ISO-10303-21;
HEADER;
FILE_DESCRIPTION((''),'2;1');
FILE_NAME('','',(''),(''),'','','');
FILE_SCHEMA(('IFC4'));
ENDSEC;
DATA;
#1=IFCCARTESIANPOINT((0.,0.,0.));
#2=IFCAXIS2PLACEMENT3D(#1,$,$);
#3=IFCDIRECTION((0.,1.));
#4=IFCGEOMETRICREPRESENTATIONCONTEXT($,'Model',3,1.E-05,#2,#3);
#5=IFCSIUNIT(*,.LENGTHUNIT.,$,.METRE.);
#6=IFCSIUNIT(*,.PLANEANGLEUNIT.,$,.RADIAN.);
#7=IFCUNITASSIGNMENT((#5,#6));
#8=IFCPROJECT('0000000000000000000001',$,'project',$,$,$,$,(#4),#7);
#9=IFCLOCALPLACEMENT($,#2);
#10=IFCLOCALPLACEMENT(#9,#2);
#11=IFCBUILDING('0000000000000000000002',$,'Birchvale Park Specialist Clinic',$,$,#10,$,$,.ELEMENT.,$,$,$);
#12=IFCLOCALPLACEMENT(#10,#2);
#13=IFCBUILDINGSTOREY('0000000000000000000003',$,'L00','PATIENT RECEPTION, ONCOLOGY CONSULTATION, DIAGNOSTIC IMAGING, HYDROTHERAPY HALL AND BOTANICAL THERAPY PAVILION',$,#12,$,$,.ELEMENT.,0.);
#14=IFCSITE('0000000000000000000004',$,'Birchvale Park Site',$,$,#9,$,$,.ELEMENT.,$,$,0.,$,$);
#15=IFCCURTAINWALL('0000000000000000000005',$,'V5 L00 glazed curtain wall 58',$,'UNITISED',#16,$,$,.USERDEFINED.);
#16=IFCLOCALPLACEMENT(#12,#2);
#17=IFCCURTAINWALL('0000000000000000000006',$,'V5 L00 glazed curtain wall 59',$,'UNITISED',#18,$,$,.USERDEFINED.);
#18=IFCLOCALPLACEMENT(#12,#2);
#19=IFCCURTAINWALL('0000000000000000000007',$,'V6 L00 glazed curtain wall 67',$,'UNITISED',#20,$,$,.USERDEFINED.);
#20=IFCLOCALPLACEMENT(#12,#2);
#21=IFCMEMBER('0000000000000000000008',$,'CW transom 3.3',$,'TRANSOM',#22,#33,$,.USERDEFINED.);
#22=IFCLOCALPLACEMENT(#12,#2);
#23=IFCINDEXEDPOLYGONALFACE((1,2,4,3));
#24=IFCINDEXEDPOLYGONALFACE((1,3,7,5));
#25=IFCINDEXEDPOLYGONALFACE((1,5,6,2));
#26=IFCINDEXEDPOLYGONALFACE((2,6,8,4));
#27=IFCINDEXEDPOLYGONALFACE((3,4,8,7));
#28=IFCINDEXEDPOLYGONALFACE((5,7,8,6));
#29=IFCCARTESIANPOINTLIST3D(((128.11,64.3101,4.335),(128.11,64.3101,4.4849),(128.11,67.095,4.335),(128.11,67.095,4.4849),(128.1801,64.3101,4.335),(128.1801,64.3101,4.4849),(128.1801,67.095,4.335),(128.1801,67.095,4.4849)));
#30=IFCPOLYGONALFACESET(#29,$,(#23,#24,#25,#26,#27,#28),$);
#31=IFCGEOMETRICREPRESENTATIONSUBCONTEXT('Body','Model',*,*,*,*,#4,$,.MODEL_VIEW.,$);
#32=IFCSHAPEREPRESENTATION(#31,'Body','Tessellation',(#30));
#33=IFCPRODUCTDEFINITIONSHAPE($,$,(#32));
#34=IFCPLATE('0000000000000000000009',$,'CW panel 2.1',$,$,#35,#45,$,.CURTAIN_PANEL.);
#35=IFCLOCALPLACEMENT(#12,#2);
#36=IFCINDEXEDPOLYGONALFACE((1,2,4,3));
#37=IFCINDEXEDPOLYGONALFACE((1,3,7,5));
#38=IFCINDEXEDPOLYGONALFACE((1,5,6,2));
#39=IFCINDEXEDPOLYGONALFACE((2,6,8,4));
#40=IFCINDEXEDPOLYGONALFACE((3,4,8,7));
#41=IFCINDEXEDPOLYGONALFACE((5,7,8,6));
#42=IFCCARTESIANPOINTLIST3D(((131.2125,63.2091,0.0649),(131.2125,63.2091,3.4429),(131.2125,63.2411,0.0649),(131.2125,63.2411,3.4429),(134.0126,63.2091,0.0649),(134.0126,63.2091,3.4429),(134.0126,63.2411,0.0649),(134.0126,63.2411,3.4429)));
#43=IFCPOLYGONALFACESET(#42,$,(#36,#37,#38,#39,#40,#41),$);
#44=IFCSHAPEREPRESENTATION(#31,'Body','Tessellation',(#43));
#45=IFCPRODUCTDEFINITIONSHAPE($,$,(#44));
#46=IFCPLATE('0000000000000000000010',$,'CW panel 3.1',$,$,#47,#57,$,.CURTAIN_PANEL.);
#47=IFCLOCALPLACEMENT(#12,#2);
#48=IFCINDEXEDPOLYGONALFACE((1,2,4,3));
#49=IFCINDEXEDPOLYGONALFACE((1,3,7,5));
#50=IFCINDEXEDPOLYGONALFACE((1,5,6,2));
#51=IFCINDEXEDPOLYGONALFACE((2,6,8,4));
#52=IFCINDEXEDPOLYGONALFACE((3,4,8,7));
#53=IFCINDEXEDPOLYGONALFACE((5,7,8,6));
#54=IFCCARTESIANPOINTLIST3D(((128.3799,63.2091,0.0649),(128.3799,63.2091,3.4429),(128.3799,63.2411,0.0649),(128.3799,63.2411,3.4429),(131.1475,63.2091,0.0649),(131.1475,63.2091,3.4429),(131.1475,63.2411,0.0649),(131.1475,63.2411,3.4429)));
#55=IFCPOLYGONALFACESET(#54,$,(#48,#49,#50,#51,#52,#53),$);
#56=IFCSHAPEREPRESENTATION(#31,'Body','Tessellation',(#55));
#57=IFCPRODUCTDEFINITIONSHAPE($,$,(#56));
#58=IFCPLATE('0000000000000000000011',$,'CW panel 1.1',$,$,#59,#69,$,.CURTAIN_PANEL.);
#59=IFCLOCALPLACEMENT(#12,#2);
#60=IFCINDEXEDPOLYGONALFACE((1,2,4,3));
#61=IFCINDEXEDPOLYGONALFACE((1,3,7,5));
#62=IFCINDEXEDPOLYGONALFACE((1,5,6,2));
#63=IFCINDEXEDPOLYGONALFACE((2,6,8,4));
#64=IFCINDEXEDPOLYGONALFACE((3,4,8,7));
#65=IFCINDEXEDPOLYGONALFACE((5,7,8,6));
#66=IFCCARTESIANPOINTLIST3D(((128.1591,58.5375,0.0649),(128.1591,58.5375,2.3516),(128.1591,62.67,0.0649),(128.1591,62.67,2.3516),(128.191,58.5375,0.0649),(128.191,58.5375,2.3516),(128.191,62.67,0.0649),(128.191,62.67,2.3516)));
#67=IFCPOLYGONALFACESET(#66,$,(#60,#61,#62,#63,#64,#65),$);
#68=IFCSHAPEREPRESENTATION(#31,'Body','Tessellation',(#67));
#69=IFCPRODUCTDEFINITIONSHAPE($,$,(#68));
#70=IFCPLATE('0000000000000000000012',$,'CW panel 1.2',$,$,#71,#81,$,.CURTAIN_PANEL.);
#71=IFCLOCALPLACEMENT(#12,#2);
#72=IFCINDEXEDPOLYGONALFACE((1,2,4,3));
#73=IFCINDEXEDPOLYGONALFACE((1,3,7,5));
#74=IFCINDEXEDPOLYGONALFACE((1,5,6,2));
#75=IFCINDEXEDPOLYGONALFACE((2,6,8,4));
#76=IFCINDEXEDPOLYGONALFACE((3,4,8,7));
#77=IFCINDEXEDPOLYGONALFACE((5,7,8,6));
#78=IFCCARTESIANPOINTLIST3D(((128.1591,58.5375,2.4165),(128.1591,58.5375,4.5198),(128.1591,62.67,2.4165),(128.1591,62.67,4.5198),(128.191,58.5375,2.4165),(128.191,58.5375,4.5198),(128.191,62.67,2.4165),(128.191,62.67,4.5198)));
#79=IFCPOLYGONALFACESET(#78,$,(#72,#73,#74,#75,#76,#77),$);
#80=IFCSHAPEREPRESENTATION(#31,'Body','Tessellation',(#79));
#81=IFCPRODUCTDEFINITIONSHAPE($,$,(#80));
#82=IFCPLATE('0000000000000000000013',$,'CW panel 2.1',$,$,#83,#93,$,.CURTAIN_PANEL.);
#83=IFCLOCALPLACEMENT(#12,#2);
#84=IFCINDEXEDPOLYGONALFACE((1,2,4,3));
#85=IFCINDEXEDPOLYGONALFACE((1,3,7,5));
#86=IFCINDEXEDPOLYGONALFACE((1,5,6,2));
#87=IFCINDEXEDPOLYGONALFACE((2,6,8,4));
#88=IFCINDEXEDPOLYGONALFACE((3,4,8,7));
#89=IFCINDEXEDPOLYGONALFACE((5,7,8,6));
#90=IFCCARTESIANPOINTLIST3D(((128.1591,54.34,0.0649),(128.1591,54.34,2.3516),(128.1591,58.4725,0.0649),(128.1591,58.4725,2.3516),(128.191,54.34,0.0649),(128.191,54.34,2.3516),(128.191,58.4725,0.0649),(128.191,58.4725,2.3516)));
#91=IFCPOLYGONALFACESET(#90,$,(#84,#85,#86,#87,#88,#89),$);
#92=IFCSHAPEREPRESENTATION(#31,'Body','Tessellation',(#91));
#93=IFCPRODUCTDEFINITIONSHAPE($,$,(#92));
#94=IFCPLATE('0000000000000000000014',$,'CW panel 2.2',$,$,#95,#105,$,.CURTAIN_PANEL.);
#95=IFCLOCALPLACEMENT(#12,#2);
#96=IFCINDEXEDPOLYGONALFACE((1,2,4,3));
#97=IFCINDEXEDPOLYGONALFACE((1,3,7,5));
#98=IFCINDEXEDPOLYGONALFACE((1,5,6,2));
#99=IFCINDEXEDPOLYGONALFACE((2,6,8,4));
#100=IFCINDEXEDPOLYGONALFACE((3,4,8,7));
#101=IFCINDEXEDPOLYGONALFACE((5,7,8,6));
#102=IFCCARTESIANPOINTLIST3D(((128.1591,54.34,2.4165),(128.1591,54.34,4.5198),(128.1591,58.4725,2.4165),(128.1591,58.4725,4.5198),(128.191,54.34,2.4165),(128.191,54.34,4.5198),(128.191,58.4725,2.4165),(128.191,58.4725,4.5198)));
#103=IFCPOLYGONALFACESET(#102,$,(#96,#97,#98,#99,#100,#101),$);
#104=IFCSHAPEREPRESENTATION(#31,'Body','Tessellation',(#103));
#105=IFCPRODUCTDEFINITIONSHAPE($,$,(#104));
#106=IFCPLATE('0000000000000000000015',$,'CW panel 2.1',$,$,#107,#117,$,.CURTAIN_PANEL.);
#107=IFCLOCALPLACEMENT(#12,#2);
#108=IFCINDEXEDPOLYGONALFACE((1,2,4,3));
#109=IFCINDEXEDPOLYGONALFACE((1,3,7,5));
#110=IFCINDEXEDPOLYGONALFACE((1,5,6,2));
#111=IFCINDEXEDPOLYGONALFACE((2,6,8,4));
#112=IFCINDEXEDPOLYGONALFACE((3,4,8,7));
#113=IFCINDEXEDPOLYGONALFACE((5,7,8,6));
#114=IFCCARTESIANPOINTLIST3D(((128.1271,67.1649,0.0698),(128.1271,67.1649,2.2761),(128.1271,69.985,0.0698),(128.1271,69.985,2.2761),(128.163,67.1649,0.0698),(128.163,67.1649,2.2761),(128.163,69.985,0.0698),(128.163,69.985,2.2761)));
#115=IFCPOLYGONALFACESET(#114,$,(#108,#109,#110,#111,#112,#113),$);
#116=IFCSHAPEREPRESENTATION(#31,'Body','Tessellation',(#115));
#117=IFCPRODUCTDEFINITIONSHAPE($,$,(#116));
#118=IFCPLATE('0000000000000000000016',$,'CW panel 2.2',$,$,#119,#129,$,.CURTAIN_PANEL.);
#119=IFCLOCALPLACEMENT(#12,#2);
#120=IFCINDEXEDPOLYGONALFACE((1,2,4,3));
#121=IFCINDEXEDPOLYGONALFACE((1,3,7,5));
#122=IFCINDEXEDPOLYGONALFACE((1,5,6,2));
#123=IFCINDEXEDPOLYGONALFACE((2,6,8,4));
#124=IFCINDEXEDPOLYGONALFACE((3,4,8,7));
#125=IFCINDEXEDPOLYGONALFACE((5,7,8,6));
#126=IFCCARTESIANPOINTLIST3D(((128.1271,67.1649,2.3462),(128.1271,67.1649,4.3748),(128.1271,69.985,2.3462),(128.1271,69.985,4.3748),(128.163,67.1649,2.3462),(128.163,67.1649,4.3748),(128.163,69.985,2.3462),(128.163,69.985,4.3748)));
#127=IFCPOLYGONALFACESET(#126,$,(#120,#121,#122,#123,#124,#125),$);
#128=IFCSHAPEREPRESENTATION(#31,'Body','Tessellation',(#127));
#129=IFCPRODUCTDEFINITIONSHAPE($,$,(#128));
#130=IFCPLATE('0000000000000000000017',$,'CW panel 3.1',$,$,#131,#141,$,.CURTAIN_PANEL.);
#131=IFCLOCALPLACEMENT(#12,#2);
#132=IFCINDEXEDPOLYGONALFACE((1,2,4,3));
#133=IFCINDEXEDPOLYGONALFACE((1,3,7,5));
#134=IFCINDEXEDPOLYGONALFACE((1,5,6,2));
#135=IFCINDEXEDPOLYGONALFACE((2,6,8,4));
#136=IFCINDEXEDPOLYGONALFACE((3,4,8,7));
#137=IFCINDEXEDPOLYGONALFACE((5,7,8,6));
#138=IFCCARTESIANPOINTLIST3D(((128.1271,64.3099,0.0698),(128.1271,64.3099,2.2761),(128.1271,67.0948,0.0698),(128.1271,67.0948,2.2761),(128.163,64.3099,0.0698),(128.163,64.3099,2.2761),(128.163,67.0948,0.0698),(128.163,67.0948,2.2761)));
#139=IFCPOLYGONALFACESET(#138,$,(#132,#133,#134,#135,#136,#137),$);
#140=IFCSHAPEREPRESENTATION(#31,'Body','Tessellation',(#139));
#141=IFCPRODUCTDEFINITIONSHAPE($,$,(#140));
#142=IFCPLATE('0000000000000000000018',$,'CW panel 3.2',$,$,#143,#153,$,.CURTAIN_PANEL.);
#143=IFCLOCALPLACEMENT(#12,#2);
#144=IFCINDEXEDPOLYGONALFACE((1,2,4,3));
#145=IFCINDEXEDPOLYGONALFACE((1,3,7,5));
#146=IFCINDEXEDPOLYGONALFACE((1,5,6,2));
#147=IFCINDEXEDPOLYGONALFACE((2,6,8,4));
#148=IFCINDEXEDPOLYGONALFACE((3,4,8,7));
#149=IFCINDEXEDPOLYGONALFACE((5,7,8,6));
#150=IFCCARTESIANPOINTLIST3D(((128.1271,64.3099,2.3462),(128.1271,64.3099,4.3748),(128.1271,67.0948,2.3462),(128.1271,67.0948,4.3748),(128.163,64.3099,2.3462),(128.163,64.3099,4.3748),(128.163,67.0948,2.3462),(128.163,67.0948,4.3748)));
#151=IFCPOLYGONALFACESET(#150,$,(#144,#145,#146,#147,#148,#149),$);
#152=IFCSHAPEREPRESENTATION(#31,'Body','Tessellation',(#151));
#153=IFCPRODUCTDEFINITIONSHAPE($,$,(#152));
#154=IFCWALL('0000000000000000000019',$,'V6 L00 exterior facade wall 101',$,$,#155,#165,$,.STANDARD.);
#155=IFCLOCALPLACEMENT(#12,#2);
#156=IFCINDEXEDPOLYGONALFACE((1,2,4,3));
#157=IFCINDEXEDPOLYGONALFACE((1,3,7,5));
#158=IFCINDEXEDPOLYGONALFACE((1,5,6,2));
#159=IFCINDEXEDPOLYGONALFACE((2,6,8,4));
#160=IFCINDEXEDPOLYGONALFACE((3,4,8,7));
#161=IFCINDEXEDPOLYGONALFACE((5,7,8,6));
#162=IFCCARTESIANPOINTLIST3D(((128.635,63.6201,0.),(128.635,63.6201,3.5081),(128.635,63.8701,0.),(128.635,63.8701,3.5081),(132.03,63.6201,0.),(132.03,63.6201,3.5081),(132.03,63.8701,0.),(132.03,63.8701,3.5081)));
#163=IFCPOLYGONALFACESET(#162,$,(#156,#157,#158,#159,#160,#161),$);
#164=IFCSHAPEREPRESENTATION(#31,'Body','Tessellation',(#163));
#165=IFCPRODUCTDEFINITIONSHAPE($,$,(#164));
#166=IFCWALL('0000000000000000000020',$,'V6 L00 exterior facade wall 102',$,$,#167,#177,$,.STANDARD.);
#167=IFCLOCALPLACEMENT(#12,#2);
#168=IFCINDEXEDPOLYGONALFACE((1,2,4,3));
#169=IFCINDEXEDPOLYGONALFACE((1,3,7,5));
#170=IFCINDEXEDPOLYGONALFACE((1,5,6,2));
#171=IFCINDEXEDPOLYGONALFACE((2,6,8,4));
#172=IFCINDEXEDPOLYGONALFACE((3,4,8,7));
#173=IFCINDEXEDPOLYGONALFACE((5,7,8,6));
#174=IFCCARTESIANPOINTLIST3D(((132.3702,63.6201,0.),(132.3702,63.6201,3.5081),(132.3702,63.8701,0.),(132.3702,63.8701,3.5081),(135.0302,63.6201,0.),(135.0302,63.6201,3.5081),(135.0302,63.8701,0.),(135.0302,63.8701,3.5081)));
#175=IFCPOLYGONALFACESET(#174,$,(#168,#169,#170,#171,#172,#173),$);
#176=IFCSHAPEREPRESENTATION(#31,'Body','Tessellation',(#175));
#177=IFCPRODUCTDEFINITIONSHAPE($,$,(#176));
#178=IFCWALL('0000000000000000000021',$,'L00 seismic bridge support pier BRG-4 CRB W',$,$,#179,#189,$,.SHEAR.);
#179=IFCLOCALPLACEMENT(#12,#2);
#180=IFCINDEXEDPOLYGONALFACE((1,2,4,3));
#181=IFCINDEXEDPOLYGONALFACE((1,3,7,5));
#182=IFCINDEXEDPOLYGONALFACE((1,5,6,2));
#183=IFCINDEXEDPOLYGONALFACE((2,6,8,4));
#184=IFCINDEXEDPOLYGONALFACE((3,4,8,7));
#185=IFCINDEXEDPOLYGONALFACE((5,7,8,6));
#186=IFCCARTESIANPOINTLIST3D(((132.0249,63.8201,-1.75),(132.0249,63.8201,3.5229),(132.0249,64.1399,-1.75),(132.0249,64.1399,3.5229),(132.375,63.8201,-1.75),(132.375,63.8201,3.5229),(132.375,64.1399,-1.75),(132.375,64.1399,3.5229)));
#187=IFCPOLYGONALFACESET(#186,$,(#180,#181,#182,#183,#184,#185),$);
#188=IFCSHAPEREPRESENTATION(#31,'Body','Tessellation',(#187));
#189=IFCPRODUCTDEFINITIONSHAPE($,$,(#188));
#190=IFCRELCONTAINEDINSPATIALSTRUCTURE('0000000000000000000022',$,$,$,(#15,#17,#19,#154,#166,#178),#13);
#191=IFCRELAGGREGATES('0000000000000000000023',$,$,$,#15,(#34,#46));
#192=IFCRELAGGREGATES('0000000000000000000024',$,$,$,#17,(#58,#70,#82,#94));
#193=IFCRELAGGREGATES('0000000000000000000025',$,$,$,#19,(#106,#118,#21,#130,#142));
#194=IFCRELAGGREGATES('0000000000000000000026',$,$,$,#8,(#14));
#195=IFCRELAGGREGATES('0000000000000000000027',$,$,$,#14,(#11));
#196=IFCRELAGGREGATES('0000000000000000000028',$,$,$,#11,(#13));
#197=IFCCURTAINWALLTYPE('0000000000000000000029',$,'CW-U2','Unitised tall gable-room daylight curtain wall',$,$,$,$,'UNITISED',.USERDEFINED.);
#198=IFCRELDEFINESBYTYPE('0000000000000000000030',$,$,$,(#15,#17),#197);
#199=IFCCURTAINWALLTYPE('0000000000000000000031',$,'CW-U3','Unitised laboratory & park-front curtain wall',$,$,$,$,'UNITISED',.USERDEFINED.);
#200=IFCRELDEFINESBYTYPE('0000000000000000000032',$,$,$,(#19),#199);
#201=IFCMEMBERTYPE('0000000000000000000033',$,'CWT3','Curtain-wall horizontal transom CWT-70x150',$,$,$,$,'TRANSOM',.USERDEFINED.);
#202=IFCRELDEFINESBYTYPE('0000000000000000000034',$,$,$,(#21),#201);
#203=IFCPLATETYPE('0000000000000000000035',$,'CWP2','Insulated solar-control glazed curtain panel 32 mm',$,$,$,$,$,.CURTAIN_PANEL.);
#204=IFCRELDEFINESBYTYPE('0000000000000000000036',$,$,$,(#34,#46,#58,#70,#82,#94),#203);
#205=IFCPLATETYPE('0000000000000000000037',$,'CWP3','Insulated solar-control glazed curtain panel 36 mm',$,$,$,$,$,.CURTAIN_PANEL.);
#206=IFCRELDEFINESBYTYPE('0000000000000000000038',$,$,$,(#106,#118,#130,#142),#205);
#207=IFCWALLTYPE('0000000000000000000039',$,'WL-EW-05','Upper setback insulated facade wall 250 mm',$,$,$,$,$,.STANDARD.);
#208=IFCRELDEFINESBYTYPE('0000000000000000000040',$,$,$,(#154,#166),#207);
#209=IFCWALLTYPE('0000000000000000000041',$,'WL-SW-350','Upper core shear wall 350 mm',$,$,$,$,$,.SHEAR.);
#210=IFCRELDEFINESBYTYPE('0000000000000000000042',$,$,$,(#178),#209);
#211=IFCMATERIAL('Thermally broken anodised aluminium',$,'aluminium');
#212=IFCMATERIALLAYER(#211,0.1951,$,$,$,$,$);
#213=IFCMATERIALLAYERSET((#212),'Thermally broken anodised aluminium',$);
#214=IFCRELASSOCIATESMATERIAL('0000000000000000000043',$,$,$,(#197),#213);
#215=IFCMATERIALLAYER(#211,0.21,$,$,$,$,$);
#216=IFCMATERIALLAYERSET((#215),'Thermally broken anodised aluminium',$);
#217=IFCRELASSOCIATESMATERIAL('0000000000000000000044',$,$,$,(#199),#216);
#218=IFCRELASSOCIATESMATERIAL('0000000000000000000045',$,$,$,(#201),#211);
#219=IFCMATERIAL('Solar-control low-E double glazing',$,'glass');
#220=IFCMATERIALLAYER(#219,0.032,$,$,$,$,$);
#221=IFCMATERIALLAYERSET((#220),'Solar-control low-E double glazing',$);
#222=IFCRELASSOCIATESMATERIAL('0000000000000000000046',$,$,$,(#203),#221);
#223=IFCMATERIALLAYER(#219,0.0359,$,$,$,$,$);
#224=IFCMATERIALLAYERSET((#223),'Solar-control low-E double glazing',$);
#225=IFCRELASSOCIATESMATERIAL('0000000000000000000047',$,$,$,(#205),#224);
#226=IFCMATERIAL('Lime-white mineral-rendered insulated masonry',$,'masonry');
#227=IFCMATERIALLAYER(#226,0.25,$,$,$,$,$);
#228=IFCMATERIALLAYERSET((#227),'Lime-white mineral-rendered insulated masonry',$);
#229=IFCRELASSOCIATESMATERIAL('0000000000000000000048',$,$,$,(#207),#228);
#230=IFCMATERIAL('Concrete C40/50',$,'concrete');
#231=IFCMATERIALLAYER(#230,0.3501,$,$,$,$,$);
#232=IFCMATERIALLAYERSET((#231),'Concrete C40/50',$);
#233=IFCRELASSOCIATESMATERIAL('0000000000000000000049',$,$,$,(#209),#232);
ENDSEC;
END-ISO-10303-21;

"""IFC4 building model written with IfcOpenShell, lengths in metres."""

from ifc_helpers import new_model, si_unit, direction, frame, frame_2d, origin, origin_2d, place, context, subcontext, project, spatial, rectangle, extrude, material, layer, layer_set, material_profile, profile_set, type_object, element, aggregate, save


model = new_model("IFC4")

# Units and contexts
model_context = context("Model", 3, precision=1e-05, world=origin(), true_north=direction((0.0, 1.0)))
body_context = subcontext(model_context, "Body", "Model", "MODEL_VIEW")
ifc_project = project(units=[si_unit("LENGTHUNIT", "METRE"), si_unit("PLANEANGLEUNIT", "RADIAN")], contexts=[model_context])

# Site, building, storey
site_placement = place(None, origin())
site = spatial("IfcSite", under=ifc_project, at=site_placement, Name="Birchvale Park Site", CompositionType="ELEMENT", RefElevation=0.0)
building_placement = place(site_placement, origin())
building = spatial("IfcBuilding", under=site, at=building_placement, Name="Birchvale Park Specialist Clinic", CompositionType="ELEMENT")
storey_placement = place(building_placement, origin())
storey = spatial("IfcBuildingStorey", under=building, at=storey_placement, Name="L00", Description="PATIENT RECEPTION, ONCOLOGY CONSULTATION, DIAGNOSTIC IMAGING, HYDROTHERAPY HALL AND BOTANICAL THERAPY PAVILION", CompositionType="ELEMENT", Elevation=0.0)

# Shared definitions
ifc_material_1 = material(Name="Concrete C40/50", Category="concrete")

# Curtain walls
ifc_material_2 = material(Name="Thermally broken anodised aluminium", Category="aluminium")
ifc_layer_1 = layer(ifc_material_2, 0.1951)
ifc_layer_set_1 = layer_set([ifc_layer_1], Name="Thermally broken anodised aluminium")
curtain_wall_type_1 = type_object("IfcCurtainWallType", Name="CW-U2", Description="Unitised tall gable-room daylight curtain wall", ElementType="UNITISED", PredefinedType="USERDEFINED", material=ifc_layer_set_1)
curtain_wall_1_placement = place(storey_placement, origin())
curtain_wall_1 = element("IfcCurtainWall", 1, at=curtain_wall_1_placement, inside=storey, type_object=curtain_wall_type_1, Name="V5 L00 glazed curtain wall 58", ObjectType="UNITISED", PredefinedType="USERDEFINED")
curtain_wall_2_placement = place(storey_placement, origin())
curtain_wall_2 = element("IfcCurtainWall", 2, at=curtain_wall_2_placement, inside=storey, type_object=curtain_wall_type_1, Name="V5 L00 glazed curtain wall 59", ObjectType="UNITISED", PredefinedType="USERDEFINED")

# Curtain wall
ifc_layer_2 = layer(ifc_material_2, 0.21)
ifc_layer_set_2 = layer_set([ifc_layer_2], Name="Thermally broken anodised aluminium")
curtain_wall_type_2 = type_object("IfcCurtainWallType", Name="CW-U3", Description="Unitised laboratory & park-front curtain wall", ElementType="UNITISED", PredefinedType="USERDEFINED", material=ifc_layer_set_2)
curtain_wall_3_placement = place(storey_placement, origin())
curtain_wall_3 = element("IfcCurtainWall", 3, at=curtain_wall_3_placement, inside=storey, type_object=curtain_wall_type_2, Name="V6 L00 glazed curtain wall 67", ObjectType="UNITISED", PredefinedType="USERDEFINED")

# Member
ifc_material_profile_1 = material_profile(ifc_material_2, rectangle(XDim=0.0701, YDim=0.1499, at=origin_2d()), Name="CWT-70x150")
ifc_profile_set_1 = profile_set([ifc_material_profile_1], Name="Thermally broken anodised aluminium")
member_type_1 = type_object("IfcMemberType", Name="CWT3", Description="Curtain-wall horizontal transom CWT-70x150", ElementType="TRANSOM", PredefinedType="USERDEFINED", material=ifc_profile_set_1)
member_1_placement = place(storey_placement, frame((128.145, 67.095, 4.4099), z_axis=(0.0, -1.0, 0.0), x_axis=(1.0, 0.0, 0.0)))
member_1 = element("IfcMember", 4, at=member_1_placement, type_object=member_type_1, Name="CW transom 3.3", ObjectType="TRANSOM", PredefinedType="USERDEFINED", context=body_context, shape_type="SweptSolid", body=[
    extrude(rectangle(XDim=0.0701, YDim=0.1499, at=origin_2d()), origin(), (0.0, 0.0, 1.0), 2.7849),
])

# Plates
ifc_material_3 = material(Name="Solar-control low-E double glazing", Category="glass")
ifc_layer_3 = layer(ifc_material_3, 0.032)
ifc_layer_set_3 = layer_set([ifc_layer_3], Name="Solar-control low-E double glazing")
plate_type_1 = type_object("IfcPlateType", Name="CWP2", Description="Insulated solar-control glazed curtain panel 32 mm", PredefinedType="CURTAIN_PANEL", material=ifc_layer_set_3)
plate_1_placement = place(storey_placement, frame((132.6125, 63.2251, 0.0649), z_axis=(0.0, 0.0, 1.0), x_axis=(-1.0, 0.0, 0.0)))
plate_1 = element("IfcPlate", 5, at=plate_1_placement, type_object=plate_type_1, Name="CW panel 2.1", PredefinedType="CURTAIN_PANEL", context=body_context, shape_type="SweptSolid", body=[
    extrude(rectangle(XDim=2.8, YDim=0.032, at=origin_2d()), origin(), (0.0, 0.0, 1.0), 3.3779),
])
plate_2_placement = place(storey_placement, frame((129.7637, 63.2251, 0.0649), z_axis=(0.0, 0.0, 1.0), x_axis=(-1.0, 0.0, 0.0)))
plate_2 = element("IfcPlate", 6, at=plate_2_placement, type_object=plate_type_1, Name="CW panel 3.1", PredefinedType="CURTAIN_PANEL", context=body_context, shape_type="SweptSolid", body=[
    extrude(rectangle(XDim=2.7676, YDim=0.032, at=origin_2d()), origin(), (0.0, 0.0, 1.0), 3.3779),
])
aggregate(curtain_wall_1, [plate_1, plate_2])
plate_3_placement = place(storey_placement, frame((128.175, 60.6038, 0.0649), z_axis=(0.0, 0.0, 1.0), x_axis=(0.0, -1.0, 0.0)))
plate_3 = element("IfcPlate", 7, at=plate_3_placement, type_object=plate_type_1, Name="CW panel 1.1", PredefinedType="CURTAIN_PANEL", context=body_context, shape_type="SweptSolid", body=[
    extrude(rectangle(XDim=4.1326, YDim=0.032, at=origin_2d()), origin(), (0.0, 0.0, 1.0), 2.2866),
])
plate_4_placement = place(storey_placement, frame((128.175, 60.6038, 2.4165), z_axis=(0.0, 0.0, 1.0), x_axis=(0.0, -1.0, 0.0)))
plate_4 = element("IfcPlate", 8, at=plate_4_placement, type_object=plate_type_1, Name="CW panel 1.2", PredefinedType="CURTAIN_PANEL", context=body_context, shape_type="SweptSolid", body=[
    extrude(rectangle(XDim=4.1326, YDim=0.032, at=origin_2d()), origin(), (0.0, 0.0, 1.0), 2.1033),
])
plate_5_placement = place(storey_placement, frame((128.175, 56.4062, 0.0649), z_axis=(0.0, 0.0, 1.0), x_axis=(0.0, -1.0, 0.0)))
plate_5 = element("IfcPlate", 9, at=plate_5_placement, type_object=plate_type_1, Name="CW panel 2.1", PredefinedType="CURTAIN_PANEL", context=body_context, shape_type="SweptSolid", body=[
    extrude(rectangle(XDim=4.1326, YDim=0.032, at=origin_2d()), origin(), (0.0, 0.0, 1.0), 2.2866),
])
plate_6_placement = place(storey_placement, frame((128.175, 56.4062, 2.4165), z_axis=(0.0, 0.0, 1.0), x_axis=(0.0, -1.0, 0.0)))
plate_6 = element("IfcPlate", 10, at=plate_6_placement, type_object=plate_type_1, Name="CW panel 2.2", PredefinedType="CURTAIN_PANEL", context=body_context, shape_type="SweptSolid", body=[
    extrude(rectangle(XDim=4.1326, YDim=0.032, at=origin_2d()), origin(), (0.0, 0.0, 1.0), 2.1033),
])
aggregate(curtain_wall_2, [plate_3, plate_4, plate_5, plate_6])
ifc_layer_4 = layer(ifc_material_3, 0.0359)
ifc_layer_set_4 = layer_set([ifc_layer_4], Name="Solar-control low-E double glazing")
plate_type_2 = type_object("IfcPlateType", Name="CWP3", Description="Insulated solar-control glazed curtain panel 36 mm", PredefinedType="CURTAIN_PANEL", material=ifc_layer_set_4)
plate_7_placement = place(storey_placement, frame((128.145, 68.575, 0.0698), z_axis=(0.0, 0.0, 1.0), x_axis=(0.0, -1.0, 0.0)))
plate_7 = element("IfcPlate", 11, at=plate_7_placement, type_object=plate_type_2, Name="CW panel 2.1", PredefinedType="CURTAIN_PANEL", context=body_context, shape_type="SweptSolid", body=[
    extrude(rectangle(XDim=2.8201, YDim=0.0359, at=origin_2d()), origin(), (0.0, 0.0, 1.0), 2.2063),
])
plate_8_placement = place(storey_placement, frame((128.145, 68.575, 2.3462), z_axis=(0.0, 0.0, 1.0), x_axis=(0.0, -1.0, 0.0)))
plate_8 = element("IfcPlate", 12, at=plate_8_placement, type_object=plate_type_2, Name="CW panel 2.2", PredefinedType="CURTAIN_PANEL", context=body_context, shape_type="SweptSolid", body=[
    extrude(rectangle(XDim=2.8201, YDim=0.0359, at=origin_2d()), origin(), (0.0, 0.0, 1.0), 2.0286),
])
plate_9_placement = place(storey_placement, frame((128.145, 65.7024, 0.0698), z_axis=(0.0, 0.0, 1.0), x_axis=(0.0, -1.0, 0.0)))
plate_9 = element("IfcPlate", 13, at=plate_9_placement, type_object=plate_type_2, Name="CW panel 3.1", PredefinedType="CURTAIN_PANEL", context=body_context, shape_type="SweptSolid", body=[
    extrude(rectangle(XDim=2.7849, YDim=0.0359, at=origin_2d()), origin(), (0.0, 0.0, 1.0), 2.2063),
])
plate_10_placement = place(storey_placement, frame((128.145, 65.7024, 2.3462), z_axis=(0.0, 0.0, 1.0), x_axis=(0.0, -1.0, 0.0)))
plate_10 = element("IfcPlate", 14, at=plate_10_placement, type_object=plate_type_2, Name="CW panel 3.2", PredefinedType="CURTAIN_PANEL", context=body_context, shape_type="SweptSolid", body=[
    extrude(rectangle(XDim=2.7849, YDim=0.0359, at=origin_2d()), origin(), (0.0, 0.0, 1.0), 2.0286),
])
aggregate(curtain_wall_3, [plate_7, plate_8, member_1, plate_9, plate_10])

# Walls
ifc_material_4 = material(Name="Lime-white mineral-rendered insulated masonry", Category="masonry")
ifc_layer_5 = layer(ifc_material_4, 0.25)
ifc_layer_set_5 = layer_set([ifc_layer_5], Name="Lime-white mineral-rendered insulated masonry")
wall_type_1 = type_object("IfcWallType", Name="WL-EW-05", Description="Upper setback insulated facade wall 250 mm", PredefinedType="STANDARD", material=ifc_layer_set_5)
wall_1_placement = place(storey_placement, frame((128.635, 63.7451, 0.0), z_axis=(0.0, 0.0, 1.0), x_axis=(1.0, 0.0, 0.0)))
element("IfcWall", 15, at=wall_1_placement, inside=storey, type_object=wall_type_1, Name="V6 L00 exterior facade wall 101", PredefinedType="STANDARD", context=body_context, shape_type="SweptSolid", body=[
    extrude(rectangle(XDim=3.395, YDim=0.25, at=frame_2d((1.6975, 0.0))), origin(), (0.0, 0.0, 1.0), 3.5081),
])
wall_2_placement = place(storey_placement, frame((132.3701, 63.7451, 0.0), z_axis=(0.0, 0.0, 1.0), x_axis=(1.0, 0.0, 0.0)))
element("IfcWall", 16, at=wall_2_placement, inside=storey, type_object=wall_type_1, Name="V6 L00 exterior facade wall 102", PredefinedType="STANDARD", context=body_context, shape_type="SweptSolid", body=[
    extrude(rectangle(XDim=2.6599, YDim=0.25, at=frame_2d((1.3301, 0.0))), origin(), (0.0, 0.0, 1.0), 3.5081),
])
ifc_layer_6 = layer(ifc_material_1, 0.3501)
ifc_layer_set_6 = layer_set([ifc_layer_6], Name="Concrete C40/50")
wall_type_2 = type_object("IfcWallType", Name="WL-SW-350", Description="Upper core shear wall 350 mm", PredefinedType="SHEAR", material=ifc_layer_set_6)
wall_3_placement = place(storey_placement, frame((132.2, 63.8201, -1.75), z_axis=(0.0, 0.0, 1.0), x_axis=(0.0, 1.0, 0.0)))
element("IfcWall", 17, at=wall_3_placement, inside=storey, type_object=wall_type_2, Name="L00 seismic bridge support pier BRG-4 CRB W", PredefinedType="SHEAR", context=body_context, shape_type="SweptSolid", body=[
    extrude(rectangle(XDim=0.3198, YDim=0.3501, at=frame_2d((0.1599, 0.0))), origin(), (0.0, 0.0, 1.0), 5.2729),
])

save(model, "model.ifc")
